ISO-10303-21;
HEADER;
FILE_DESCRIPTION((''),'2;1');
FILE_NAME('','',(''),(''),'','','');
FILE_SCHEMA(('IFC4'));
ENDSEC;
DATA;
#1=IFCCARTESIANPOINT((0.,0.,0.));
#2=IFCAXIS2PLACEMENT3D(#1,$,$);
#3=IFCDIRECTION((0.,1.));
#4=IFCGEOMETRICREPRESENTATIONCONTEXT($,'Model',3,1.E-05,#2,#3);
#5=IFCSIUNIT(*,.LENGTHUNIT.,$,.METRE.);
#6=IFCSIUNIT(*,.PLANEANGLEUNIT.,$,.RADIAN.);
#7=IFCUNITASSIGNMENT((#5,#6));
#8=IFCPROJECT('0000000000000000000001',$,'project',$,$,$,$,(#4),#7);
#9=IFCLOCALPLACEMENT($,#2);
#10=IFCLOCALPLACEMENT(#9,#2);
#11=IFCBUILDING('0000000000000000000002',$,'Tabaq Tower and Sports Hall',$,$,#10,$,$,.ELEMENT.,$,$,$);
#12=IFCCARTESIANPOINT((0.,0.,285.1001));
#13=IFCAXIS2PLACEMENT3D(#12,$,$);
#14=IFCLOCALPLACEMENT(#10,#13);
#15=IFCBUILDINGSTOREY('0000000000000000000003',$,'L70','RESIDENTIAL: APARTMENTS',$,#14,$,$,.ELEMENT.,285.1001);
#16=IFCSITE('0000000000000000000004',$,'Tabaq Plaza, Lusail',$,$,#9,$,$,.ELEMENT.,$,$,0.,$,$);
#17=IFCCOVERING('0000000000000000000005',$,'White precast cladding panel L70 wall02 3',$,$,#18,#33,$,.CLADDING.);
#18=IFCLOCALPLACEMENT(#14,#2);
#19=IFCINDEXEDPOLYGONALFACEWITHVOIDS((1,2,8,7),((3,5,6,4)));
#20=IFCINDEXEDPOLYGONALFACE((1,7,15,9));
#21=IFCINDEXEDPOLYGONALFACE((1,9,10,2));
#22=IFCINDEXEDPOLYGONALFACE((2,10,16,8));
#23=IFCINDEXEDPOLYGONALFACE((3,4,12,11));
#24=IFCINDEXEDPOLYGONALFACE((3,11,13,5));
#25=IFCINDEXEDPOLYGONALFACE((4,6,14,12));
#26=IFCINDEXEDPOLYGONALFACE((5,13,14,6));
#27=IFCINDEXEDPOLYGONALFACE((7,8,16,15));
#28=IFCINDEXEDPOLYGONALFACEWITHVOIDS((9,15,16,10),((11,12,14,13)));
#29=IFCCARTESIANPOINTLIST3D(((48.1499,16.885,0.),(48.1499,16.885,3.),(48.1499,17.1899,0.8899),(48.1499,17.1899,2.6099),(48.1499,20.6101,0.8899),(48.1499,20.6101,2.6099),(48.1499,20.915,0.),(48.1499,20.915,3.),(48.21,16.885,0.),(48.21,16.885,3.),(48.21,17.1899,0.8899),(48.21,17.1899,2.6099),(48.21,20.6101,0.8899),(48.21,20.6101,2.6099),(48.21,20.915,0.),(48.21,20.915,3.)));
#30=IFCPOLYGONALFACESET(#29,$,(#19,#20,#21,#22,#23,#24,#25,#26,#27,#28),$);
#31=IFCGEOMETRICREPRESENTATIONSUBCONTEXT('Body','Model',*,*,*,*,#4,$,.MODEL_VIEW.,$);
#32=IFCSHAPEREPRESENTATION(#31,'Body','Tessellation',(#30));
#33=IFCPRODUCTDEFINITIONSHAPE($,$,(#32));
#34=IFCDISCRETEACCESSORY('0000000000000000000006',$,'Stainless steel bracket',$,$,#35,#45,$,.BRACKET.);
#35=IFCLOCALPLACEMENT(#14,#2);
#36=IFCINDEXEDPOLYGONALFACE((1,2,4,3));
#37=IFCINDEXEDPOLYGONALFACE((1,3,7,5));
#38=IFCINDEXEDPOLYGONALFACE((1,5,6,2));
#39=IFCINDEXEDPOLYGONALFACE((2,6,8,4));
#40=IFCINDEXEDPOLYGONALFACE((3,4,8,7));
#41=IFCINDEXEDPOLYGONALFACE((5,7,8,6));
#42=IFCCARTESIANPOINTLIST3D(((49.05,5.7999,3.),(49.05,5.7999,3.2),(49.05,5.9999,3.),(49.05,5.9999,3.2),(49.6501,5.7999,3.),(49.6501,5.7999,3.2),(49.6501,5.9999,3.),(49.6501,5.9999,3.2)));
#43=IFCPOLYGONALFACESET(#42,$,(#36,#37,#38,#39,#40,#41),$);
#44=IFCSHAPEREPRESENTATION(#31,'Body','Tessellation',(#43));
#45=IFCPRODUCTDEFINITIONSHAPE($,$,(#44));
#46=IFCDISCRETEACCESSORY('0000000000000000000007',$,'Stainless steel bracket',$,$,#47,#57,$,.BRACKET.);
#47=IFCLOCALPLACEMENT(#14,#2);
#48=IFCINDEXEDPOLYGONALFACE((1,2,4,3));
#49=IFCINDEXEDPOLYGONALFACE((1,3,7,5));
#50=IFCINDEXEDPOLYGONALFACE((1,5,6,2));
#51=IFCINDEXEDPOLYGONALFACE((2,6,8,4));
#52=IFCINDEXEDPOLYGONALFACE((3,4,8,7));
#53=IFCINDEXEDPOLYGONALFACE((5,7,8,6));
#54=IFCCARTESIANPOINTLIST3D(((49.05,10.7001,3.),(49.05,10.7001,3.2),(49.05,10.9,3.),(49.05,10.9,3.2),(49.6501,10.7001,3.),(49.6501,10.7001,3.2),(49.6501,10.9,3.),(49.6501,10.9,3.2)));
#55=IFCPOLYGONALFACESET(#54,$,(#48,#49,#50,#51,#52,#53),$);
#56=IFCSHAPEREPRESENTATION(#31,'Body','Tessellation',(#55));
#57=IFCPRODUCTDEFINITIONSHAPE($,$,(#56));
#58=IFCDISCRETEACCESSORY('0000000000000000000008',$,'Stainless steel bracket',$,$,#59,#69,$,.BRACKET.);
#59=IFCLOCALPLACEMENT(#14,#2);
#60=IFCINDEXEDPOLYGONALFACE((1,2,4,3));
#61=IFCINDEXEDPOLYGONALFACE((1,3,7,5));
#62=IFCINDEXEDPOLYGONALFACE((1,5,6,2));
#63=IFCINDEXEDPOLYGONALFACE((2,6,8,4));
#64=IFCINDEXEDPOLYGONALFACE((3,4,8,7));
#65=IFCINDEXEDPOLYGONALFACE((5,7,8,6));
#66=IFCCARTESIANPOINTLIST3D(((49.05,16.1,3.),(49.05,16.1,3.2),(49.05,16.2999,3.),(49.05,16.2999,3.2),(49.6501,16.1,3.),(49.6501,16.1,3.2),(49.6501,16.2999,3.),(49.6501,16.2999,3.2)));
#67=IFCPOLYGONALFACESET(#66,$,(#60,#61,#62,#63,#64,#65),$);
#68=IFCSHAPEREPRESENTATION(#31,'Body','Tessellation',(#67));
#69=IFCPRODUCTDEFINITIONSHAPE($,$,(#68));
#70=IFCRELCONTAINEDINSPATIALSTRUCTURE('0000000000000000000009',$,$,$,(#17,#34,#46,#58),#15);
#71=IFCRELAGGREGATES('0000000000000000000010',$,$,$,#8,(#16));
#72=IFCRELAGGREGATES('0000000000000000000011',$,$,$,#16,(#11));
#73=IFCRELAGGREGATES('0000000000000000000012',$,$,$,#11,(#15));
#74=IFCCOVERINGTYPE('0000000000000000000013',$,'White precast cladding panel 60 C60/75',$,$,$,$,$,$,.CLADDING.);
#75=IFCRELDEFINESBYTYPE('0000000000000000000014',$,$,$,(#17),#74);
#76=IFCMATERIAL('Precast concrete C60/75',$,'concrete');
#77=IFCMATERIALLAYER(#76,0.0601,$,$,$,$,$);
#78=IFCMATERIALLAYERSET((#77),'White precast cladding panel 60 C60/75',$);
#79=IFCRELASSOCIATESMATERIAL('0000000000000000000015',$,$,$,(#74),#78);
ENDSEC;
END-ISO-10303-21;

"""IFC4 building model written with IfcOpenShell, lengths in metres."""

from ifc_helpers import new_model, si_unit, direction, frame, origin, origin_2d, place, context, subcontext, project, spatial, polyline, rectangle, outline, extrude, material, layer, layer_set, type_object, element, save


model = new_model("IFC4")

# Units and contexts
model_context = context("Model", 3, precision=1e-05, world=origin(), true_north=direction((0.0, 1.0)))
body_context = subcontext(model_context, "Body", "Model", "MODEL_VIEW")
ifc_project = project(units=[si_unit("LENGTHUNIT", "METRE"), si_unit("PLANEANGLEUNIT", "RADIAN")], contexts=[model_context])

# Site, building, storey
site_placement = place(None, origin())
site = spatial("IfcSite", under=ifc_project, at=site_placement, Name="Tabaq Plaza, Lusail", CompositionType="ELEMENT", RefElevation=0.0)
building_placement = place(site_placement, origin())
building = spatial("IfcBuilding", under=site, at=building_placement, Name="Tabaq Tower and Sports Hall", CompositionType="ELEMENT")
storey_placement = place(building_placement, frame((0.0, 0.0, 285.1001)))
storey = spatial("IfcBuildingStorey", under=building, at=storey_placement, Name="L70", Description="RESIDENTIAL: APARTMENTS", CompositionType="ELEMENT", Elevation=285.1001)

# Covering
ifc_material_1 = material(Name="Precast concrete C60/75", Category="concrete")
ifc_layer_1 = layer(ifc_material_1, 0.0601)
ifc_layer_set_1 = layer_set([ifc_layer_1], Name="White precast cladding panel 60 C60/75")
covering_type_1 = type_object("IfcCoveringType", Name="White precast cladding panel 60 C60/75", PredefinedType="CLADDING", material=ifc_layer_set_1)
covering_1_placement = place(storey_placement, frame((48.1799, 16.885, 0.0), z_axis=(0.0, 0.0, 1.0), x_axis=(0.0, 1.0, 0.0)))
element("IfcCovering", 1, at=covering_1_placement, inside=storey, type_object=covering_type_1, Name="White precast cladding panel L70 wall02 3", PredefinedType="CLADDING", context=body_context, shape_type="SweptSolid", body=[
    extrude(outline(polyline([(0.0, 0.0), (4.03, 0.0), (4.03, 3.0), (0.0, 3.0), (0.0, 0.0)]), holes=[polyline([(0.3049, 0.8899), (0.3049, 2.6099), (3.7251, 2.6099), (3.7251, 0.8899), (0.3049, 0.8899)])]), frame((0.0, 0.03, 0.0), z_axis=(0.0, -1.0, 0.0), x_axis=(1.0, 0.0, 0.0)), (0.0, 0.0, 1.0), 0.0601),
])

# Discrete accessories
for number, where, z_axis, x_axis, name in (
    (2, (49.3501, 5.8999, 3.0), (0.0, 0.0, 1.0), (1.0, 0.0, 0.0), "Stainless steel bracket"),
    (3, (49.3501, 10.8, 3.0), (0.0, 0.0, 1.0), (1.0, 0.0, 0.0), "Stainless steel bracket"),
    (4, (49.3501, 16.2, 3.0), (0.0, 0.0, 1.0), (1.0, 0.0, 0.0), "Stainless steel bracket"),
):
    element("IfcDiscreteAccessory", number, at=place(storey_placement, frame(where, z_axis=z_axis, x_axis=x_axis)), inside=storey, Name=name, PredefinedType="BRACKET", context=body_context, shape_type="SweptSolid", body=[
        extrude(rectangle(XDim=0.6001, YDim=0.2, at=origin_2d()), origin(), (0.0, 0.0, 1.0), 0.2),
    ])

save(model, "model.ifc")
